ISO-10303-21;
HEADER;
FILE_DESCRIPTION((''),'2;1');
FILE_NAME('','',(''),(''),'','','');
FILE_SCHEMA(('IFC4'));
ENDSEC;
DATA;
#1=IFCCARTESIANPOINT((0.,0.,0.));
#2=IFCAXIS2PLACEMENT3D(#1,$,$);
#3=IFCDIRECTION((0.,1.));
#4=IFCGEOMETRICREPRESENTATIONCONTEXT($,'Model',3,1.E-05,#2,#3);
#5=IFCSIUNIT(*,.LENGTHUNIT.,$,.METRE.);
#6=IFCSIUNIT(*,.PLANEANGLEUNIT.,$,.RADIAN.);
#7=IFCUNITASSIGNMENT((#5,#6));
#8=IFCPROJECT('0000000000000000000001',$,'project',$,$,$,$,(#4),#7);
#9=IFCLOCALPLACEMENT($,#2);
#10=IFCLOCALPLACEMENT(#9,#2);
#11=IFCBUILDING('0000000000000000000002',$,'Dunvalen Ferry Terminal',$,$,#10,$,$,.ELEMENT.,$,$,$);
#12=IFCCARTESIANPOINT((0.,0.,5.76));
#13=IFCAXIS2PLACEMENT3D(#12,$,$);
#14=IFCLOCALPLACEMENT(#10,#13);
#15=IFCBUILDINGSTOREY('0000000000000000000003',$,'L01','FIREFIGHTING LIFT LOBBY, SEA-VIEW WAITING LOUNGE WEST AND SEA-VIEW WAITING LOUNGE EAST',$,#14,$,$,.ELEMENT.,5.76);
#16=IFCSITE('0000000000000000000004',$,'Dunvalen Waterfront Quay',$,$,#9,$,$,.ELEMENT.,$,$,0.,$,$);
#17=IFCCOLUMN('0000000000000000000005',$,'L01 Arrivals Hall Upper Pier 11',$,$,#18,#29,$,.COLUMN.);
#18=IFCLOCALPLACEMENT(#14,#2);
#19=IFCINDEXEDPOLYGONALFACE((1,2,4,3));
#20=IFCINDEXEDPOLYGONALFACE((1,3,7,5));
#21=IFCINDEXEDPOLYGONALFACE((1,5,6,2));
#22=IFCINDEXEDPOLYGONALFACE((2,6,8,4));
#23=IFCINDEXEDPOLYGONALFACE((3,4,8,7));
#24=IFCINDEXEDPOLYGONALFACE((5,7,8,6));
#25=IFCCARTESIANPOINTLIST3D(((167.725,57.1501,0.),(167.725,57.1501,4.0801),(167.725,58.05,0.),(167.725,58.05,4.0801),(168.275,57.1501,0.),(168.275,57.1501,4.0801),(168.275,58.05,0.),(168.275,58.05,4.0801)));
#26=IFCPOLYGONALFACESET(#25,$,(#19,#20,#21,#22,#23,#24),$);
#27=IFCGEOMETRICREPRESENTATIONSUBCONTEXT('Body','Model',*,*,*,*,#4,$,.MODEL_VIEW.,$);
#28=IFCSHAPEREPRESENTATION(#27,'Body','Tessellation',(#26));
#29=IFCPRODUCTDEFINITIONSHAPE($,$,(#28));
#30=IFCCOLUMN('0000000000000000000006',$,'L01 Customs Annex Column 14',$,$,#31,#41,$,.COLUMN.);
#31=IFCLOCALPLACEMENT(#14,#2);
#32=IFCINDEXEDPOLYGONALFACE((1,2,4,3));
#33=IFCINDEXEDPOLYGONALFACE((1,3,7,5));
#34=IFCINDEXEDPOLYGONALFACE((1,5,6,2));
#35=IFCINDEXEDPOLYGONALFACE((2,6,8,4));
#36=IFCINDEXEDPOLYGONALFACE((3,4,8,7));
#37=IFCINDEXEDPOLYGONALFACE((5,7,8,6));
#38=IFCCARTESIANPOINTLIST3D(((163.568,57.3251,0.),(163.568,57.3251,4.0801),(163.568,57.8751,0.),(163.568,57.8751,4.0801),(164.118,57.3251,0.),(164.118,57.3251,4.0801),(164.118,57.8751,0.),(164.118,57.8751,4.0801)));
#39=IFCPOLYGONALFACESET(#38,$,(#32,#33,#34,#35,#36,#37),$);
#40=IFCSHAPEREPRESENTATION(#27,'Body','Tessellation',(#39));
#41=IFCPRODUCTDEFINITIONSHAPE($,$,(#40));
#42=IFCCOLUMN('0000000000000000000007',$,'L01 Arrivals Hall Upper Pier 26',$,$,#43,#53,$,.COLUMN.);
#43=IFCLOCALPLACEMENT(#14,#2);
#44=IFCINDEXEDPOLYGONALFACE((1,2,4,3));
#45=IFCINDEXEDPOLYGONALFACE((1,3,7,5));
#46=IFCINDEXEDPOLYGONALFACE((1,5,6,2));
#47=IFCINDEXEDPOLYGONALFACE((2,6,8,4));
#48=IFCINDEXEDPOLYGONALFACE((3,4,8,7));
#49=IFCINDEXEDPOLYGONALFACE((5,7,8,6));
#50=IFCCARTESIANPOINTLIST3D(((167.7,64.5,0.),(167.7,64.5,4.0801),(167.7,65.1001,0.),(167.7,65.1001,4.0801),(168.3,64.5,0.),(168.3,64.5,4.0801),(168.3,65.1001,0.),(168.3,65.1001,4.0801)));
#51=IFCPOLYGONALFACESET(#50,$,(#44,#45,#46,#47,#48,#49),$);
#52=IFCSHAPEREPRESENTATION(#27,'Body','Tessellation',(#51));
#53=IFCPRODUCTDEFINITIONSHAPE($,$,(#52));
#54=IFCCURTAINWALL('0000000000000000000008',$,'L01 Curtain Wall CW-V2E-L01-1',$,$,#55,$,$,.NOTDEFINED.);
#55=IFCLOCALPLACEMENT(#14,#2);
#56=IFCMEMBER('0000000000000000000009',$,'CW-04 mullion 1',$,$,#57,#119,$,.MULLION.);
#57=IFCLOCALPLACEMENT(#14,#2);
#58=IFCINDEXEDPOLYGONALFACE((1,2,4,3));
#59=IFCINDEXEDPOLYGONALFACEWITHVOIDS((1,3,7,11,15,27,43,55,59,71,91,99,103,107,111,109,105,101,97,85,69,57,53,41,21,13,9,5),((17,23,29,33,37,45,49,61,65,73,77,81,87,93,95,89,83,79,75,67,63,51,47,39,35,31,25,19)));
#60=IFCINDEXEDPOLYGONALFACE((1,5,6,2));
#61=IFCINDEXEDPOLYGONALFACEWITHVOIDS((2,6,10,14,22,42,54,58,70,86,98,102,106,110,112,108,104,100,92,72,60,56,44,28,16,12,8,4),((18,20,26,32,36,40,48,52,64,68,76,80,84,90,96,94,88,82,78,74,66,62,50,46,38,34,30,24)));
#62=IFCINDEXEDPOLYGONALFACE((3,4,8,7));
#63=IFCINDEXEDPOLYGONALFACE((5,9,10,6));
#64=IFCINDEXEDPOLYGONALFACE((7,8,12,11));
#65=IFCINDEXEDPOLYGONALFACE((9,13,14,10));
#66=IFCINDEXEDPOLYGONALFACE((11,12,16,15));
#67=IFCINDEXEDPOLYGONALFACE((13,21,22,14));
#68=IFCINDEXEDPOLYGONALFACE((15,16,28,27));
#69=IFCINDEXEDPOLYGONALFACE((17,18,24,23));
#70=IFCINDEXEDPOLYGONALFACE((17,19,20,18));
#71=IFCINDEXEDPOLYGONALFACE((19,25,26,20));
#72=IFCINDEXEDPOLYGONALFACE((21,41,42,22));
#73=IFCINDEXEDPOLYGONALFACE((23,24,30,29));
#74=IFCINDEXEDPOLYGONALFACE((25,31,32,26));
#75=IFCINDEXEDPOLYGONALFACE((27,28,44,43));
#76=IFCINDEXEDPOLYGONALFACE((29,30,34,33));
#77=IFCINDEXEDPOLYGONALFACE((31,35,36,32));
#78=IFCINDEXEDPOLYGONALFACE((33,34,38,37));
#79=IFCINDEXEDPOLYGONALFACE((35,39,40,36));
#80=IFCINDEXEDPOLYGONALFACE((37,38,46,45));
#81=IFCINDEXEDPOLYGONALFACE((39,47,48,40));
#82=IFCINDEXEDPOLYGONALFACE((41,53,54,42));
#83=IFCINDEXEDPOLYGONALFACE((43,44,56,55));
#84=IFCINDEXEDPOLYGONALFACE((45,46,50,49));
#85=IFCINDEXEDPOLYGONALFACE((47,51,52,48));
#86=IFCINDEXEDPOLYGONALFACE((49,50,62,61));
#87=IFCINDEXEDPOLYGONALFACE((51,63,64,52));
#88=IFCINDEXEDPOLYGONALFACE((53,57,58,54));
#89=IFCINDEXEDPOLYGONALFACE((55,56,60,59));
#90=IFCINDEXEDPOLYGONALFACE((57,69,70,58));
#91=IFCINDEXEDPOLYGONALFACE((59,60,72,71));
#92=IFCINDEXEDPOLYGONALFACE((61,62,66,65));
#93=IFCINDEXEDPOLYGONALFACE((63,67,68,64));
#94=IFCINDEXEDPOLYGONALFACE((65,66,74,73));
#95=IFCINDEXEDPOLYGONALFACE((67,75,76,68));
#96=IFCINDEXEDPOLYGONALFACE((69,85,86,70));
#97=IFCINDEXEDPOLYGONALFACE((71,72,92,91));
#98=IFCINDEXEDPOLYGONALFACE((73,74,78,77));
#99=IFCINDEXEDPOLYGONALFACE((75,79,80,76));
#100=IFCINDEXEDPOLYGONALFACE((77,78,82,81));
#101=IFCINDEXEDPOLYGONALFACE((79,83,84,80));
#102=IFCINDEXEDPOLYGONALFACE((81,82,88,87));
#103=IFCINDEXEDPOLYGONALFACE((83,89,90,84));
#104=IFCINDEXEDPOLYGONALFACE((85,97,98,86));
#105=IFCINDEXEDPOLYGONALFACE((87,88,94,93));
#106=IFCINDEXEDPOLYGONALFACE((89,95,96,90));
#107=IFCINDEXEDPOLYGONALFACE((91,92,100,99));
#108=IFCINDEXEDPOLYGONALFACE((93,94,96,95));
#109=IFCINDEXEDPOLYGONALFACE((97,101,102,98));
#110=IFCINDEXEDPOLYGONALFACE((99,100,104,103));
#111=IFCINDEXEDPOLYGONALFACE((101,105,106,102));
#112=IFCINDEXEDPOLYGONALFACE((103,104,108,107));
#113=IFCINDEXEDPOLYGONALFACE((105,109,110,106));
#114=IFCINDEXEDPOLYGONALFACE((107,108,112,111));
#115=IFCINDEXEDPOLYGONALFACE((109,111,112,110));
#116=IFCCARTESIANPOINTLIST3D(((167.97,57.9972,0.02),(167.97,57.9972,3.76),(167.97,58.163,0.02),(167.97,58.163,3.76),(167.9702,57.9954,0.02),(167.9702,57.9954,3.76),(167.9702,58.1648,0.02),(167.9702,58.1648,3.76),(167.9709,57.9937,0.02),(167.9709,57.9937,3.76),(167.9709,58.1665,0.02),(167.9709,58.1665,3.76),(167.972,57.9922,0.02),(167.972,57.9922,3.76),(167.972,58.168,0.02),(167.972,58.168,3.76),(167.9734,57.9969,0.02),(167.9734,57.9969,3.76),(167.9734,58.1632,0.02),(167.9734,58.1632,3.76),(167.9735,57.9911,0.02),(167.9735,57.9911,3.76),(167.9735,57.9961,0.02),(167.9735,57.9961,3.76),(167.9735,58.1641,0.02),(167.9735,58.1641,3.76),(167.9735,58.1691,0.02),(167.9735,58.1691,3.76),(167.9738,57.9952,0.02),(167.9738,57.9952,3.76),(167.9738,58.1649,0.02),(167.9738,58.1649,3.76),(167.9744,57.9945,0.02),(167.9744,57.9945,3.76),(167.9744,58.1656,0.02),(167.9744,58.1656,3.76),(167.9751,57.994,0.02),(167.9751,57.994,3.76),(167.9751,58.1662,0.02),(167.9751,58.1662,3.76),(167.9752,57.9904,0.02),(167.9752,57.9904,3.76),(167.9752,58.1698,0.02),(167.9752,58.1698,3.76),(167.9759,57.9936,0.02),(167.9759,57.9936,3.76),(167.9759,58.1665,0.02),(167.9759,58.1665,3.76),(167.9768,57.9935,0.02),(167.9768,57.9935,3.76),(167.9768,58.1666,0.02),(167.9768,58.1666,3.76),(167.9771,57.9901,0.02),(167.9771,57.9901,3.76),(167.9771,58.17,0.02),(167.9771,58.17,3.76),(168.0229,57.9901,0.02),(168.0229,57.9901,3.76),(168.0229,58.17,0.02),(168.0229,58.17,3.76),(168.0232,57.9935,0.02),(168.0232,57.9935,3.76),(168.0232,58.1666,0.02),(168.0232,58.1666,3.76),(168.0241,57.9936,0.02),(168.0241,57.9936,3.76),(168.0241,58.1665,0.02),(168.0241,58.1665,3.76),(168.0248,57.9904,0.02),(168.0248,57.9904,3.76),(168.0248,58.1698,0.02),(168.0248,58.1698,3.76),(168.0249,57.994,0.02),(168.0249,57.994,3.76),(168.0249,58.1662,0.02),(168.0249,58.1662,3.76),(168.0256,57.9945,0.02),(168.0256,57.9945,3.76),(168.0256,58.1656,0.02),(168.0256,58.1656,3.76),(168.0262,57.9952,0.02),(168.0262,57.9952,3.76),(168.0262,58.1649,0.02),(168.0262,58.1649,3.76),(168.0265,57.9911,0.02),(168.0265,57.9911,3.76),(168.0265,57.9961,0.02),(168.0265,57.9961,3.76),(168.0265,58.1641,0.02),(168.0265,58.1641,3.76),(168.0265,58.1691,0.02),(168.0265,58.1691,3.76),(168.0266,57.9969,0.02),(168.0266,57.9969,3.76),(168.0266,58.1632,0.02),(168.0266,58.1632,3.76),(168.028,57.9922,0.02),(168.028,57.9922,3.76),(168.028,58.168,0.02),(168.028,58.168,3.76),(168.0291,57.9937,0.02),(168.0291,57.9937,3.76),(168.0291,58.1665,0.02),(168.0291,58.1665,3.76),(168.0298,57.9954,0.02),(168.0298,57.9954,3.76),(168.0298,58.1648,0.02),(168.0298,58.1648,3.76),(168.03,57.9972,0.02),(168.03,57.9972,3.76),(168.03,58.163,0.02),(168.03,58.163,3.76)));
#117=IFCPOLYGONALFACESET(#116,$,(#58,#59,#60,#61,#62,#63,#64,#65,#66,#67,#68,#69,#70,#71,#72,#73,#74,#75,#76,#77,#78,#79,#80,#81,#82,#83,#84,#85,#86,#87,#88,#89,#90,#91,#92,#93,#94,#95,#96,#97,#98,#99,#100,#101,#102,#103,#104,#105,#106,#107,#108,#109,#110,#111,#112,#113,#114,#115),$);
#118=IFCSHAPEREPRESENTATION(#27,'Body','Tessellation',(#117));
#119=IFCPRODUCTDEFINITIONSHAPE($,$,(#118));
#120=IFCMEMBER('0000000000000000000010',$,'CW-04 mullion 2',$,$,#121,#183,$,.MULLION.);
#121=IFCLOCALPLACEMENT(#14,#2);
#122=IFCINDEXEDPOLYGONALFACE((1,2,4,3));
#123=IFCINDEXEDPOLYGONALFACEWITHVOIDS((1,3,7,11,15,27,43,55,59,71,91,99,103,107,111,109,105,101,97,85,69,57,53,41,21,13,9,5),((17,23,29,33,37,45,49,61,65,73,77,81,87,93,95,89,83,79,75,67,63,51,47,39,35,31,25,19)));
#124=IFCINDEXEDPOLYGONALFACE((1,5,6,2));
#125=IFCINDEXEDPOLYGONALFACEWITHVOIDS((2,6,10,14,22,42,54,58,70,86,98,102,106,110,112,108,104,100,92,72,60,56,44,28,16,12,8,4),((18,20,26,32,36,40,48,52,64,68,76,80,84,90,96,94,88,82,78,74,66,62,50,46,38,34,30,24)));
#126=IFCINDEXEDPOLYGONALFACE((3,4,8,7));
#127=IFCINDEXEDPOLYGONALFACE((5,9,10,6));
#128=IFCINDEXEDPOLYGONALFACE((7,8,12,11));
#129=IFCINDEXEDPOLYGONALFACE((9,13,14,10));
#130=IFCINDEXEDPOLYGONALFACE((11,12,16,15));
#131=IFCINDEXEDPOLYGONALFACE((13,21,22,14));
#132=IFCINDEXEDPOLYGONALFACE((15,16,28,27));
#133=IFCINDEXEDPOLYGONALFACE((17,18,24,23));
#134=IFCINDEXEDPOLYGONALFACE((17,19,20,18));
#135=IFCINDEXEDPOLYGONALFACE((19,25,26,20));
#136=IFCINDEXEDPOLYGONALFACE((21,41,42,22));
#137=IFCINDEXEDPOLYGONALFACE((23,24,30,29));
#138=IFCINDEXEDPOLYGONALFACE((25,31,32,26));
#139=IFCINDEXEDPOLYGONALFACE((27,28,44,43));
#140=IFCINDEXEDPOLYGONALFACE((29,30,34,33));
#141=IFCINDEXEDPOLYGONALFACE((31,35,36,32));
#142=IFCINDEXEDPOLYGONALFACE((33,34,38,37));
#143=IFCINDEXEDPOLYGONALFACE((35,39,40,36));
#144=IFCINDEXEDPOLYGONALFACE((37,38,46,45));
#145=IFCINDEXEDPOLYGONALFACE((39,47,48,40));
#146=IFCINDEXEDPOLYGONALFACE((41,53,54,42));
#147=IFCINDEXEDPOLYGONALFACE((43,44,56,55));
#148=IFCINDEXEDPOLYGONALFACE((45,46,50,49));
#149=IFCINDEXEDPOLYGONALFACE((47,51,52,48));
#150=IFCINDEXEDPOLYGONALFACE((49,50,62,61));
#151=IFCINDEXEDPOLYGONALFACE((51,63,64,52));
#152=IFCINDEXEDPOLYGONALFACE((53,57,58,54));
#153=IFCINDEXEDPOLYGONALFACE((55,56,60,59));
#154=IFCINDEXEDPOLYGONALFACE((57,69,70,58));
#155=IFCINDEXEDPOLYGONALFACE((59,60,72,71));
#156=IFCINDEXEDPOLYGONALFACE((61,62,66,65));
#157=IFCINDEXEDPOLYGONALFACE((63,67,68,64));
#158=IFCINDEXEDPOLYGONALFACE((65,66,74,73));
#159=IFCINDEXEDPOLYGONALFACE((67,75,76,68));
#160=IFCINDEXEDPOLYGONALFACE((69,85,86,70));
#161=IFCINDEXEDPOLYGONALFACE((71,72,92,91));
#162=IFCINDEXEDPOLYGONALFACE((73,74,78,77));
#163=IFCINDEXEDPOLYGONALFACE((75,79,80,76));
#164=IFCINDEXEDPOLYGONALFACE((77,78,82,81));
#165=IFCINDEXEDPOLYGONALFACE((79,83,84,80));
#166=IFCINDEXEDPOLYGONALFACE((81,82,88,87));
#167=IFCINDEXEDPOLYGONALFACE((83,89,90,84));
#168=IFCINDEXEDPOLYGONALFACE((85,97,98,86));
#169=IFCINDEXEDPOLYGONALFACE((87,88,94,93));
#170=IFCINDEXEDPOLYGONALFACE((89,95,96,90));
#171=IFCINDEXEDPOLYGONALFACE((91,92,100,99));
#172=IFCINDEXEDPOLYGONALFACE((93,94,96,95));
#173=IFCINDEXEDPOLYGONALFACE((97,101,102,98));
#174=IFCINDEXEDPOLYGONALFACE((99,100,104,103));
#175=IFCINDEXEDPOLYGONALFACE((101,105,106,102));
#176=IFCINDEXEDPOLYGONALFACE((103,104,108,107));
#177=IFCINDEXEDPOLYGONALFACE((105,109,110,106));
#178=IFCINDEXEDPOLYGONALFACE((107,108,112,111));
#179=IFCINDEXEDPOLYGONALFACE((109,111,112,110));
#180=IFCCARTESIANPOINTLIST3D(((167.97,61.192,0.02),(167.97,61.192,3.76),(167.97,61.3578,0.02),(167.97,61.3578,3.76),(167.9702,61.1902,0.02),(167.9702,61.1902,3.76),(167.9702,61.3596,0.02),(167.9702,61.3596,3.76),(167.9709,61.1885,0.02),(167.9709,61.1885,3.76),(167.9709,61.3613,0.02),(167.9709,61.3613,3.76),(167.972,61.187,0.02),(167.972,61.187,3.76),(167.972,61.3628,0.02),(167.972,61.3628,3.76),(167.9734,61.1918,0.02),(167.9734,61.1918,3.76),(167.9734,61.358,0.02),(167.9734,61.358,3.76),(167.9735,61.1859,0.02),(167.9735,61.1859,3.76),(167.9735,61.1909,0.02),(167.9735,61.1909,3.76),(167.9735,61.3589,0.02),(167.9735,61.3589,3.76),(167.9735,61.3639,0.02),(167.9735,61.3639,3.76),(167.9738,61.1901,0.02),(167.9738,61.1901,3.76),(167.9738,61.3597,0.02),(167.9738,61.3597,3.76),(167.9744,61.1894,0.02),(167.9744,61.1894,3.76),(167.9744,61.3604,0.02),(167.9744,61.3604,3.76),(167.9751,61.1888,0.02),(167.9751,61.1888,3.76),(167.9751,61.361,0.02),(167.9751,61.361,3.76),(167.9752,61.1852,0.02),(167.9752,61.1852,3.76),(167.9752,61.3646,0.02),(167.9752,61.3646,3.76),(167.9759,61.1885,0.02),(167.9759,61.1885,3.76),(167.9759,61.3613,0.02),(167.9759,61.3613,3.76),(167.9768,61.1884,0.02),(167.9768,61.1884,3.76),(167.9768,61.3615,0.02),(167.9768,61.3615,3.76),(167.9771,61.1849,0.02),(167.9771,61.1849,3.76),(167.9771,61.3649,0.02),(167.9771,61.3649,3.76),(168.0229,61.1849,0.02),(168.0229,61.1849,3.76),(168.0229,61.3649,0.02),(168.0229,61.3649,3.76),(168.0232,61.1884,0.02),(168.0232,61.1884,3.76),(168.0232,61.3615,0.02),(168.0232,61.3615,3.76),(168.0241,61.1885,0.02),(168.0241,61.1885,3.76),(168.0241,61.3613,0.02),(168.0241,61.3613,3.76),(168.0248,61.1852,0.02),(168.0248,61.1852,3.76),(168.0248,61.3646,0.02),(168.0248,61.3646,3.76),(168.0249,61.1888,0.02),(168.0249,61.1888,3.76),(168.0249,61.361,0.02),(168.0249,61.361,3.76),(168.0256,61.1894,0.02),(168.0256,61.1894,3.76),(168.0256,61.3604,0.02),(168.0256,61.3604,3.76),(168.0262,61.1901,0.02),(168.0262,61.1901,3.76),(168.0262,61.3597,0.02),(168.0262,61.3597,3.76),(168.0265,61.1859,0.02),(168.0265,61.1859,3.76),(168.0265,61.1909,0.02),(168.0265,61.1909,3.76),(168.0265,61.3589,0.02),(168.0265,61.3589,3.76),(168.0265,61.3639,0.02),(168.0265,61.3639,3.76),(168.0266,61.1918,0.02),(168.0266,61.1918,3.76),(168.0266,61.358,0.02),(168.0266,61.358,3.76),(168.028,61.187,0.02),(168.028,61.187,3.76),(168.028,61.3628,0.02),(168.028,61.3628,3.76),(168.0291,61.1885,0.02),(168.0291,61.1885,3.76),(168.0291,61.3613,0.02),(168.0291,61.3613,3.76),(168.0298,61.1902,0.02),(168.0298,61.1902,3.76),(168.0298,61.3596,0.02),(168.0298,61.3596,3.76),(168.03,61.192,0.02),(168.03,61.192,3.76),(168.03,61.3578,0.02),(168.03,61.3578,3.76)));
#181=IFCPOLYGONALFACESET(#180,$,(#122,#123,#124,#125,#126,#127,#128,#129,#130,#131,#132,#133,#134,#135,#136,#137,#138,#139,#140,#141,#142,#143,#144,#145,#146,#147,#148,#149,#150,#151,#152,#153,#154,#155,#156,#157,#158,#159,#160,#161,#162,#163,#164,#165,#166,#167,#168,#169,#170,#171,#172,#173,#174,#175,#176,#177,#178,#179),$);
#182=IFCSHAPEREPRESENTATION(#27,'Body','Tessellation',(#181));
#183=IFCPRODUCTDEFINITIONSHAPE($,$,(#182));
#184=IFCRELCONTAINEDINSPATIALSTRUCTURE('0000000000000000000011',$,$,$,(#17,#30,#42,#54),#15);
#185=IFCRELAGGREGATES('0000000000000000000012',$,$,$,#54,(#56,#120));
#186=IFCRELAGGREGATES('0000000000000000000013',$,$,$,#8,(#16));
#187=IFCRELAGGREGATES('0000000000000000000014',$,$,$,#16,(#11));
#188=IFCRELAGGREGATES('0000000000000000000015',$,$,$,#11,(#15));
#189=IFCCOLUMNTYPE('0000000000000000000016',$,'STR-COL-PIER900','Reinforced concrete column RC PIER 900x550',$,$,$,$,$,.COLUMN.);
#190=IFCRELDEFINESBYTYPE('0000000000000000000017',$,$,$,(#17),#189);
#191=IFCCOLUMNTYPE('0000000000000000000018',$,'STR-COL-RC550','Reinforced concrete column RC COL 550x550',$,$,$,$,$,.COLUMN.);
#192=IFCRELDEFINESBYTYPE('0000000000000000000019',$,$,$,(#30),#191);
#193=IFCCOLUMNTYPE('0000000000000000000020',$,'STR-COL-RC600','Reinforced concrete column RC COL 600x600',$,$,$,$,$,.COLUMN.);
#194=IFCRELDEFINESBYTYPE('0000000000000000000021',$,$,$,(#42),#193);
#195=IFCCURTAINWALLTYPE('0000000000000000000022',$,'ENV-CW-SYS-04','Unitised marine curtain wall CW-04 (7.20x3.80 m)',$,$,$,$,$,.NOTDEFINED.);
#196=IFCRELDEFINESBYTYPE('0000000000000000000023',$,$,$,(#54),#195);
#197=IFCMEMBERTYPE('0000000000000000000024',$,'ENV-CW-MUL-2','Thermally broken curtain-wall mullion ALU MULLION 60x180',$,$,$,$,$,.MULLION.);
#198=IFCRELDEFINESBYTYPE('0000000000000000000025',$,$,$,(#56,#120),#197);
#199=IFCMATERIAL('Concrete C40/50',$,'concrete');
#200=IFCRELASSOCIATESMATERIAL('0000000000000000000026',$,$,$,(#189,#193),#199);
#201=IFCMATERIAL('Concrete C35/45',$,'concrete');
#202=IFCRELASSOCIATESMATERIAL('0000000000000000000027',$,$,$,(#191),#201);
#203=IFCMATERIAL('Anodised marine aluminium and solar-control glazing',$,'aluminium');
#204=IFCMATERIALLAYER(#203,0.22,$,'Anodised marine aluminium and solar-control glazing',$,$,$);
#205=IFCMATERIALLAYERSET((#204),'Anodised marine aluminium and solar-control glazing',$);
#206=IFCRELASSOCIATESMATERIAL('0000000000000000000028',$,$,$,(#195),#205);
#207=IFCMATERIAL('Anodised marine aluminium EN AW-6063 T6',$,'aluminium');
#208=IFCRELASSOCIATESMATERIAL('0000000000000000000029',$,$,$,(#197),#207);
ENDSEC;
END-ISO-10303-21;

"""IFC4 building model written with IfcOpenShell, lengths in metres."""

from ifc_helpers import new_model, si_unit, direction, frame, origin, origin_2d, place, context, subcontext, project, spatial, rectangle, hollow_rectangle, extrude, material, layer, layer_set, material_profile, profile_set, type_object, element, aggregate, save


model = new_model("IFC4")

# Units and contexts
model_context = context("Model", 3, precision=1e-05, world=origin(), true_north=direction((0.0, 1.0)))
body_context = subcontext(model_context, "Body", "Model", "MODEL_VIEW")
ifc_project = project(units=[si_unit("LENGTHUNIT", "METRE"), si_unit("PLANEANGLEUNIT", "RADIAN")], contexts=[model_context])

# Site, building, storey
site_placement = place(None, origin())
site = spatial("IfcSite", under=ifc_project, at=site_placement, Name="Dunvalen Waterfront Quay", CompositionType="ELEMENT", RefElevation=0.0)
building_placement = place(site_placement, origin())
building = spatial("IfcBuilding", under=site, at=building_placement, Name="Dunvalen Ferry Terminal", CompositionType="ELEMENT")
storey_placement = place(building_placement, frame((0.0, 0.0, 5.76)))
storey = spatial("IfcBuildingStorey", under=building, at=storey_placement, Name="L01", Description="FIREFIGHTING LIFT LOBBY, SEA-VIEW WAITING LOUNGE WEST AND SEA-VIEW WAITING LOUNGE EAST", CompositionType="ELEMENT", Elevation=5.76)

# Columns
ifc_material_1 = material(Name="Concrete C40/50", Category="concrete")
ifc_material_profile_1 = material_profile(ifc_material_1, rectangle(XDim=0.55, YDim=0.8999, at=origin_2d()), Name="Concrete C40/50")
ifc_profile_set_1 = profile_set([ifc_material_profile_1], Name="Concrete C40/50")
column_type_1 = type_object("IfcColumnType", Name="STR-COL-PIER900", Description="Reinforced concrete column RC PIER 900x550", PredefinedType="COLUMN", material=ifc_profile_set_1)
column_1_placement = place(storey_placement, frame((168.0, 57.6001, 0.0), z_axis=(0.0, 0.0, 1.0), x_axis=(1.0, 0.0, 0.0)))
element("IfcColumn", 1, at=column_1_placement, inside=storey, type_object=column_type_1, Name="L01 Arrivals Hall Upper Pier 11", PredefinedType="COLUMN", context=body_context, shape_type="SweptSolid", body=[
    extrude(rectangle(XDim=0.55, YDim=0.8999, at=origin_2d()), origin(), (0.0, 0.0, 1.0), 4.0801),
])
ifc_material_2 = material(Name="Concrete C35/45", Category="concrete")
ifc_material_profile_2 = material_profile(ifc_material_2, rectangle(XDim=0.55, YDim=0.55, at=origin_2d()), Name="Concrete C35/45")
ifc_profile_set_2 = profile_set([ifc_material_profile_2], Name="Concrete C35/45")
column_type_2 = type_object("IfcColumnType", Name="STR-COL-RC550", Description="Reinforced concrete column RC COL 550x550", PredefinedType="COLUMN", material=ifc_profile_set_2)
column_2_placement = place(storey_placement, frame((163.843, 57.6001, 0.0), z_axis=(0.0, 0.0, 1.0), x_axis=(1.0, 0.0, 0.0)))
element("IfcColumn", 2, at=column_2_placement, inside=storey, type_object=column_type_2, Name="L01 Customs Annex Column 14", PredefinedType="COLUMN", context=body_context, shape_type="SweptSolid", body=[
    extrude(rectangle(XDim=0.55, YDim=0.55, at=origin_2d()), origin(), (0.0, 0.0, 1.0), 4.0801),
])
ifc_material_profile_3 = material_profile(ifc_material_1, rectangle(XDim=0.6001, YDim=0.6001, at=origin_2d()), Name="Concrete C40/50")
ifc_profile_set_3 = profile_set([ifc_material_profile_3], Name="Concrete C40/50")
column_type_3 = type_object("IfcColumnType", Name="STR-COL-RC600", Description="Reinforced concrete column RC COL 600x600", PredefinedType="COLUMN", material=ifc_profile_set_3)
column_3_placement = place(storey_placement, frame((168.0, 64.8, 0.0), z_axis=(0.0, 0.0, 1.0), x_axis=(1.0, 0.0, 0.0)))
element("IfcColumn", 3, at=column_3_placement, inside=storey, type_object=column_type_3, Name="L01 Arrivals Hall Upper Pier 26", PredefinedType="COLUMN", context=body_context, shape_type="SweptSolid", body=[
    extrude(rectangle(XDim=0.6001, YDim=0.6001, at=origin_2d()), origin(), (0.0, 0.0, 1.0), 4.0801),
])

# Curtain wall, members
ifc_material_3 = material(Name="Anodised marine aluminium and solar-control glazing", Category="aluminium")
ifc_layer_1 = layer(ifc_material_3, 0.22, Name="Anodised marine aluminium and solar-control glazing")
ifc_layer_set_1 = layer_set([ifc_layer_1], Name="Anodised marine aluminium and solar-control glazing")
curtain_wall_type = type_object("IfcCurtainWallType", Name="ENV-CW-SYS-04", Description="Unitised marine curtain wall CW-04 (7.20x3.80 m)", PredefinedType="NOTDEFINED", material=ifc_layer_set_1)
curtain_wall_1_placement = place(storey_placement, origin())
curtain_wall_1 = element("IfcCurtainWall", 4, at=curtain_wall_1_placement, inside=storey, type_object=curtain_wall_type, Name="L01 Curtain Wall CW-V2E-L01-1", PredefinedType="NOTDEFINED")
ifc_material_4 = material(Name="Anodised marine aluminium EN AW-6063 T6", Category="aluminium")
ifc_material_profile_4 = material_profile(ifc_material_4, hollow_rectangle(XDim=0.0601, YDim=0.1799, WallThickness=0.0034, InnerFilletRadius=0.0034, OuterFilletRadius=0.0071, at=origin_2d()), Name="Anodised marine aluminium EN AW-6063 T6")
ifc_profile_set_4 = profile_set([ifc_material_profile_4], Name="Anodised marine aluminium EN AW-6063 T6")
member_type_1 = type_object("IfcMemberType", Name="ENV-CW-MUL-2", Description="Thermally broken curtain-wall mullion ALU MULLION 60x180", PredefinedType="MULLION", material=ifc_profile_set_4)
member_1_placement = place(storey_placement, frame((168.0, 58.0801, 0.02), z_axis=(0.0, 0.0, 1.0), x_axis=(-1.0, 0.0, 0.0)))
member_1 = element("IfcMember", 5, at=member_1_placement, type_object=member_type_1, Name="CW-04 mullion 1", PredefinedType="MULLION", context=body_context, shape_type="SweptSolid", body=[
    extrude(hollow_rectangle(XDim=0.0601, YDim=0.1799, WallThickness=0.0034, InnerFilletRadius=0.0034, OuterFilletRadius=0.0071, at=origin_2d()), origin(), (0.0, 0.0, 1.0), 3.74),
])
member_2_placement = place(storey_placement, frame((168.0, 61.2749, 0.02), z_axis=(0.0, 0.0, 1.0), x_axis=(-1.0, 0.0, 0.0)))
member_2 = element("IfcMember", 6, at=member_2_placement, type_object=member_type_1, Name="CW-04 mullion 2", PredefinedType="MULLION", context=body_context, shape_type="SweptSolid", body=[
    extrude(hollow_rectangle(XDim=0.0601, YDim=0.1799, WallThickness=0.0034, InnerFilletRadius=0.0034, OuterFilletRadius=0.0071, at=origin_2d()), origin(), (0.0, 0.0, 1.0), 3.74),
])

aggregate(curtain_wall_1, [member_1, member_2])

save(model, "model.ifc")
